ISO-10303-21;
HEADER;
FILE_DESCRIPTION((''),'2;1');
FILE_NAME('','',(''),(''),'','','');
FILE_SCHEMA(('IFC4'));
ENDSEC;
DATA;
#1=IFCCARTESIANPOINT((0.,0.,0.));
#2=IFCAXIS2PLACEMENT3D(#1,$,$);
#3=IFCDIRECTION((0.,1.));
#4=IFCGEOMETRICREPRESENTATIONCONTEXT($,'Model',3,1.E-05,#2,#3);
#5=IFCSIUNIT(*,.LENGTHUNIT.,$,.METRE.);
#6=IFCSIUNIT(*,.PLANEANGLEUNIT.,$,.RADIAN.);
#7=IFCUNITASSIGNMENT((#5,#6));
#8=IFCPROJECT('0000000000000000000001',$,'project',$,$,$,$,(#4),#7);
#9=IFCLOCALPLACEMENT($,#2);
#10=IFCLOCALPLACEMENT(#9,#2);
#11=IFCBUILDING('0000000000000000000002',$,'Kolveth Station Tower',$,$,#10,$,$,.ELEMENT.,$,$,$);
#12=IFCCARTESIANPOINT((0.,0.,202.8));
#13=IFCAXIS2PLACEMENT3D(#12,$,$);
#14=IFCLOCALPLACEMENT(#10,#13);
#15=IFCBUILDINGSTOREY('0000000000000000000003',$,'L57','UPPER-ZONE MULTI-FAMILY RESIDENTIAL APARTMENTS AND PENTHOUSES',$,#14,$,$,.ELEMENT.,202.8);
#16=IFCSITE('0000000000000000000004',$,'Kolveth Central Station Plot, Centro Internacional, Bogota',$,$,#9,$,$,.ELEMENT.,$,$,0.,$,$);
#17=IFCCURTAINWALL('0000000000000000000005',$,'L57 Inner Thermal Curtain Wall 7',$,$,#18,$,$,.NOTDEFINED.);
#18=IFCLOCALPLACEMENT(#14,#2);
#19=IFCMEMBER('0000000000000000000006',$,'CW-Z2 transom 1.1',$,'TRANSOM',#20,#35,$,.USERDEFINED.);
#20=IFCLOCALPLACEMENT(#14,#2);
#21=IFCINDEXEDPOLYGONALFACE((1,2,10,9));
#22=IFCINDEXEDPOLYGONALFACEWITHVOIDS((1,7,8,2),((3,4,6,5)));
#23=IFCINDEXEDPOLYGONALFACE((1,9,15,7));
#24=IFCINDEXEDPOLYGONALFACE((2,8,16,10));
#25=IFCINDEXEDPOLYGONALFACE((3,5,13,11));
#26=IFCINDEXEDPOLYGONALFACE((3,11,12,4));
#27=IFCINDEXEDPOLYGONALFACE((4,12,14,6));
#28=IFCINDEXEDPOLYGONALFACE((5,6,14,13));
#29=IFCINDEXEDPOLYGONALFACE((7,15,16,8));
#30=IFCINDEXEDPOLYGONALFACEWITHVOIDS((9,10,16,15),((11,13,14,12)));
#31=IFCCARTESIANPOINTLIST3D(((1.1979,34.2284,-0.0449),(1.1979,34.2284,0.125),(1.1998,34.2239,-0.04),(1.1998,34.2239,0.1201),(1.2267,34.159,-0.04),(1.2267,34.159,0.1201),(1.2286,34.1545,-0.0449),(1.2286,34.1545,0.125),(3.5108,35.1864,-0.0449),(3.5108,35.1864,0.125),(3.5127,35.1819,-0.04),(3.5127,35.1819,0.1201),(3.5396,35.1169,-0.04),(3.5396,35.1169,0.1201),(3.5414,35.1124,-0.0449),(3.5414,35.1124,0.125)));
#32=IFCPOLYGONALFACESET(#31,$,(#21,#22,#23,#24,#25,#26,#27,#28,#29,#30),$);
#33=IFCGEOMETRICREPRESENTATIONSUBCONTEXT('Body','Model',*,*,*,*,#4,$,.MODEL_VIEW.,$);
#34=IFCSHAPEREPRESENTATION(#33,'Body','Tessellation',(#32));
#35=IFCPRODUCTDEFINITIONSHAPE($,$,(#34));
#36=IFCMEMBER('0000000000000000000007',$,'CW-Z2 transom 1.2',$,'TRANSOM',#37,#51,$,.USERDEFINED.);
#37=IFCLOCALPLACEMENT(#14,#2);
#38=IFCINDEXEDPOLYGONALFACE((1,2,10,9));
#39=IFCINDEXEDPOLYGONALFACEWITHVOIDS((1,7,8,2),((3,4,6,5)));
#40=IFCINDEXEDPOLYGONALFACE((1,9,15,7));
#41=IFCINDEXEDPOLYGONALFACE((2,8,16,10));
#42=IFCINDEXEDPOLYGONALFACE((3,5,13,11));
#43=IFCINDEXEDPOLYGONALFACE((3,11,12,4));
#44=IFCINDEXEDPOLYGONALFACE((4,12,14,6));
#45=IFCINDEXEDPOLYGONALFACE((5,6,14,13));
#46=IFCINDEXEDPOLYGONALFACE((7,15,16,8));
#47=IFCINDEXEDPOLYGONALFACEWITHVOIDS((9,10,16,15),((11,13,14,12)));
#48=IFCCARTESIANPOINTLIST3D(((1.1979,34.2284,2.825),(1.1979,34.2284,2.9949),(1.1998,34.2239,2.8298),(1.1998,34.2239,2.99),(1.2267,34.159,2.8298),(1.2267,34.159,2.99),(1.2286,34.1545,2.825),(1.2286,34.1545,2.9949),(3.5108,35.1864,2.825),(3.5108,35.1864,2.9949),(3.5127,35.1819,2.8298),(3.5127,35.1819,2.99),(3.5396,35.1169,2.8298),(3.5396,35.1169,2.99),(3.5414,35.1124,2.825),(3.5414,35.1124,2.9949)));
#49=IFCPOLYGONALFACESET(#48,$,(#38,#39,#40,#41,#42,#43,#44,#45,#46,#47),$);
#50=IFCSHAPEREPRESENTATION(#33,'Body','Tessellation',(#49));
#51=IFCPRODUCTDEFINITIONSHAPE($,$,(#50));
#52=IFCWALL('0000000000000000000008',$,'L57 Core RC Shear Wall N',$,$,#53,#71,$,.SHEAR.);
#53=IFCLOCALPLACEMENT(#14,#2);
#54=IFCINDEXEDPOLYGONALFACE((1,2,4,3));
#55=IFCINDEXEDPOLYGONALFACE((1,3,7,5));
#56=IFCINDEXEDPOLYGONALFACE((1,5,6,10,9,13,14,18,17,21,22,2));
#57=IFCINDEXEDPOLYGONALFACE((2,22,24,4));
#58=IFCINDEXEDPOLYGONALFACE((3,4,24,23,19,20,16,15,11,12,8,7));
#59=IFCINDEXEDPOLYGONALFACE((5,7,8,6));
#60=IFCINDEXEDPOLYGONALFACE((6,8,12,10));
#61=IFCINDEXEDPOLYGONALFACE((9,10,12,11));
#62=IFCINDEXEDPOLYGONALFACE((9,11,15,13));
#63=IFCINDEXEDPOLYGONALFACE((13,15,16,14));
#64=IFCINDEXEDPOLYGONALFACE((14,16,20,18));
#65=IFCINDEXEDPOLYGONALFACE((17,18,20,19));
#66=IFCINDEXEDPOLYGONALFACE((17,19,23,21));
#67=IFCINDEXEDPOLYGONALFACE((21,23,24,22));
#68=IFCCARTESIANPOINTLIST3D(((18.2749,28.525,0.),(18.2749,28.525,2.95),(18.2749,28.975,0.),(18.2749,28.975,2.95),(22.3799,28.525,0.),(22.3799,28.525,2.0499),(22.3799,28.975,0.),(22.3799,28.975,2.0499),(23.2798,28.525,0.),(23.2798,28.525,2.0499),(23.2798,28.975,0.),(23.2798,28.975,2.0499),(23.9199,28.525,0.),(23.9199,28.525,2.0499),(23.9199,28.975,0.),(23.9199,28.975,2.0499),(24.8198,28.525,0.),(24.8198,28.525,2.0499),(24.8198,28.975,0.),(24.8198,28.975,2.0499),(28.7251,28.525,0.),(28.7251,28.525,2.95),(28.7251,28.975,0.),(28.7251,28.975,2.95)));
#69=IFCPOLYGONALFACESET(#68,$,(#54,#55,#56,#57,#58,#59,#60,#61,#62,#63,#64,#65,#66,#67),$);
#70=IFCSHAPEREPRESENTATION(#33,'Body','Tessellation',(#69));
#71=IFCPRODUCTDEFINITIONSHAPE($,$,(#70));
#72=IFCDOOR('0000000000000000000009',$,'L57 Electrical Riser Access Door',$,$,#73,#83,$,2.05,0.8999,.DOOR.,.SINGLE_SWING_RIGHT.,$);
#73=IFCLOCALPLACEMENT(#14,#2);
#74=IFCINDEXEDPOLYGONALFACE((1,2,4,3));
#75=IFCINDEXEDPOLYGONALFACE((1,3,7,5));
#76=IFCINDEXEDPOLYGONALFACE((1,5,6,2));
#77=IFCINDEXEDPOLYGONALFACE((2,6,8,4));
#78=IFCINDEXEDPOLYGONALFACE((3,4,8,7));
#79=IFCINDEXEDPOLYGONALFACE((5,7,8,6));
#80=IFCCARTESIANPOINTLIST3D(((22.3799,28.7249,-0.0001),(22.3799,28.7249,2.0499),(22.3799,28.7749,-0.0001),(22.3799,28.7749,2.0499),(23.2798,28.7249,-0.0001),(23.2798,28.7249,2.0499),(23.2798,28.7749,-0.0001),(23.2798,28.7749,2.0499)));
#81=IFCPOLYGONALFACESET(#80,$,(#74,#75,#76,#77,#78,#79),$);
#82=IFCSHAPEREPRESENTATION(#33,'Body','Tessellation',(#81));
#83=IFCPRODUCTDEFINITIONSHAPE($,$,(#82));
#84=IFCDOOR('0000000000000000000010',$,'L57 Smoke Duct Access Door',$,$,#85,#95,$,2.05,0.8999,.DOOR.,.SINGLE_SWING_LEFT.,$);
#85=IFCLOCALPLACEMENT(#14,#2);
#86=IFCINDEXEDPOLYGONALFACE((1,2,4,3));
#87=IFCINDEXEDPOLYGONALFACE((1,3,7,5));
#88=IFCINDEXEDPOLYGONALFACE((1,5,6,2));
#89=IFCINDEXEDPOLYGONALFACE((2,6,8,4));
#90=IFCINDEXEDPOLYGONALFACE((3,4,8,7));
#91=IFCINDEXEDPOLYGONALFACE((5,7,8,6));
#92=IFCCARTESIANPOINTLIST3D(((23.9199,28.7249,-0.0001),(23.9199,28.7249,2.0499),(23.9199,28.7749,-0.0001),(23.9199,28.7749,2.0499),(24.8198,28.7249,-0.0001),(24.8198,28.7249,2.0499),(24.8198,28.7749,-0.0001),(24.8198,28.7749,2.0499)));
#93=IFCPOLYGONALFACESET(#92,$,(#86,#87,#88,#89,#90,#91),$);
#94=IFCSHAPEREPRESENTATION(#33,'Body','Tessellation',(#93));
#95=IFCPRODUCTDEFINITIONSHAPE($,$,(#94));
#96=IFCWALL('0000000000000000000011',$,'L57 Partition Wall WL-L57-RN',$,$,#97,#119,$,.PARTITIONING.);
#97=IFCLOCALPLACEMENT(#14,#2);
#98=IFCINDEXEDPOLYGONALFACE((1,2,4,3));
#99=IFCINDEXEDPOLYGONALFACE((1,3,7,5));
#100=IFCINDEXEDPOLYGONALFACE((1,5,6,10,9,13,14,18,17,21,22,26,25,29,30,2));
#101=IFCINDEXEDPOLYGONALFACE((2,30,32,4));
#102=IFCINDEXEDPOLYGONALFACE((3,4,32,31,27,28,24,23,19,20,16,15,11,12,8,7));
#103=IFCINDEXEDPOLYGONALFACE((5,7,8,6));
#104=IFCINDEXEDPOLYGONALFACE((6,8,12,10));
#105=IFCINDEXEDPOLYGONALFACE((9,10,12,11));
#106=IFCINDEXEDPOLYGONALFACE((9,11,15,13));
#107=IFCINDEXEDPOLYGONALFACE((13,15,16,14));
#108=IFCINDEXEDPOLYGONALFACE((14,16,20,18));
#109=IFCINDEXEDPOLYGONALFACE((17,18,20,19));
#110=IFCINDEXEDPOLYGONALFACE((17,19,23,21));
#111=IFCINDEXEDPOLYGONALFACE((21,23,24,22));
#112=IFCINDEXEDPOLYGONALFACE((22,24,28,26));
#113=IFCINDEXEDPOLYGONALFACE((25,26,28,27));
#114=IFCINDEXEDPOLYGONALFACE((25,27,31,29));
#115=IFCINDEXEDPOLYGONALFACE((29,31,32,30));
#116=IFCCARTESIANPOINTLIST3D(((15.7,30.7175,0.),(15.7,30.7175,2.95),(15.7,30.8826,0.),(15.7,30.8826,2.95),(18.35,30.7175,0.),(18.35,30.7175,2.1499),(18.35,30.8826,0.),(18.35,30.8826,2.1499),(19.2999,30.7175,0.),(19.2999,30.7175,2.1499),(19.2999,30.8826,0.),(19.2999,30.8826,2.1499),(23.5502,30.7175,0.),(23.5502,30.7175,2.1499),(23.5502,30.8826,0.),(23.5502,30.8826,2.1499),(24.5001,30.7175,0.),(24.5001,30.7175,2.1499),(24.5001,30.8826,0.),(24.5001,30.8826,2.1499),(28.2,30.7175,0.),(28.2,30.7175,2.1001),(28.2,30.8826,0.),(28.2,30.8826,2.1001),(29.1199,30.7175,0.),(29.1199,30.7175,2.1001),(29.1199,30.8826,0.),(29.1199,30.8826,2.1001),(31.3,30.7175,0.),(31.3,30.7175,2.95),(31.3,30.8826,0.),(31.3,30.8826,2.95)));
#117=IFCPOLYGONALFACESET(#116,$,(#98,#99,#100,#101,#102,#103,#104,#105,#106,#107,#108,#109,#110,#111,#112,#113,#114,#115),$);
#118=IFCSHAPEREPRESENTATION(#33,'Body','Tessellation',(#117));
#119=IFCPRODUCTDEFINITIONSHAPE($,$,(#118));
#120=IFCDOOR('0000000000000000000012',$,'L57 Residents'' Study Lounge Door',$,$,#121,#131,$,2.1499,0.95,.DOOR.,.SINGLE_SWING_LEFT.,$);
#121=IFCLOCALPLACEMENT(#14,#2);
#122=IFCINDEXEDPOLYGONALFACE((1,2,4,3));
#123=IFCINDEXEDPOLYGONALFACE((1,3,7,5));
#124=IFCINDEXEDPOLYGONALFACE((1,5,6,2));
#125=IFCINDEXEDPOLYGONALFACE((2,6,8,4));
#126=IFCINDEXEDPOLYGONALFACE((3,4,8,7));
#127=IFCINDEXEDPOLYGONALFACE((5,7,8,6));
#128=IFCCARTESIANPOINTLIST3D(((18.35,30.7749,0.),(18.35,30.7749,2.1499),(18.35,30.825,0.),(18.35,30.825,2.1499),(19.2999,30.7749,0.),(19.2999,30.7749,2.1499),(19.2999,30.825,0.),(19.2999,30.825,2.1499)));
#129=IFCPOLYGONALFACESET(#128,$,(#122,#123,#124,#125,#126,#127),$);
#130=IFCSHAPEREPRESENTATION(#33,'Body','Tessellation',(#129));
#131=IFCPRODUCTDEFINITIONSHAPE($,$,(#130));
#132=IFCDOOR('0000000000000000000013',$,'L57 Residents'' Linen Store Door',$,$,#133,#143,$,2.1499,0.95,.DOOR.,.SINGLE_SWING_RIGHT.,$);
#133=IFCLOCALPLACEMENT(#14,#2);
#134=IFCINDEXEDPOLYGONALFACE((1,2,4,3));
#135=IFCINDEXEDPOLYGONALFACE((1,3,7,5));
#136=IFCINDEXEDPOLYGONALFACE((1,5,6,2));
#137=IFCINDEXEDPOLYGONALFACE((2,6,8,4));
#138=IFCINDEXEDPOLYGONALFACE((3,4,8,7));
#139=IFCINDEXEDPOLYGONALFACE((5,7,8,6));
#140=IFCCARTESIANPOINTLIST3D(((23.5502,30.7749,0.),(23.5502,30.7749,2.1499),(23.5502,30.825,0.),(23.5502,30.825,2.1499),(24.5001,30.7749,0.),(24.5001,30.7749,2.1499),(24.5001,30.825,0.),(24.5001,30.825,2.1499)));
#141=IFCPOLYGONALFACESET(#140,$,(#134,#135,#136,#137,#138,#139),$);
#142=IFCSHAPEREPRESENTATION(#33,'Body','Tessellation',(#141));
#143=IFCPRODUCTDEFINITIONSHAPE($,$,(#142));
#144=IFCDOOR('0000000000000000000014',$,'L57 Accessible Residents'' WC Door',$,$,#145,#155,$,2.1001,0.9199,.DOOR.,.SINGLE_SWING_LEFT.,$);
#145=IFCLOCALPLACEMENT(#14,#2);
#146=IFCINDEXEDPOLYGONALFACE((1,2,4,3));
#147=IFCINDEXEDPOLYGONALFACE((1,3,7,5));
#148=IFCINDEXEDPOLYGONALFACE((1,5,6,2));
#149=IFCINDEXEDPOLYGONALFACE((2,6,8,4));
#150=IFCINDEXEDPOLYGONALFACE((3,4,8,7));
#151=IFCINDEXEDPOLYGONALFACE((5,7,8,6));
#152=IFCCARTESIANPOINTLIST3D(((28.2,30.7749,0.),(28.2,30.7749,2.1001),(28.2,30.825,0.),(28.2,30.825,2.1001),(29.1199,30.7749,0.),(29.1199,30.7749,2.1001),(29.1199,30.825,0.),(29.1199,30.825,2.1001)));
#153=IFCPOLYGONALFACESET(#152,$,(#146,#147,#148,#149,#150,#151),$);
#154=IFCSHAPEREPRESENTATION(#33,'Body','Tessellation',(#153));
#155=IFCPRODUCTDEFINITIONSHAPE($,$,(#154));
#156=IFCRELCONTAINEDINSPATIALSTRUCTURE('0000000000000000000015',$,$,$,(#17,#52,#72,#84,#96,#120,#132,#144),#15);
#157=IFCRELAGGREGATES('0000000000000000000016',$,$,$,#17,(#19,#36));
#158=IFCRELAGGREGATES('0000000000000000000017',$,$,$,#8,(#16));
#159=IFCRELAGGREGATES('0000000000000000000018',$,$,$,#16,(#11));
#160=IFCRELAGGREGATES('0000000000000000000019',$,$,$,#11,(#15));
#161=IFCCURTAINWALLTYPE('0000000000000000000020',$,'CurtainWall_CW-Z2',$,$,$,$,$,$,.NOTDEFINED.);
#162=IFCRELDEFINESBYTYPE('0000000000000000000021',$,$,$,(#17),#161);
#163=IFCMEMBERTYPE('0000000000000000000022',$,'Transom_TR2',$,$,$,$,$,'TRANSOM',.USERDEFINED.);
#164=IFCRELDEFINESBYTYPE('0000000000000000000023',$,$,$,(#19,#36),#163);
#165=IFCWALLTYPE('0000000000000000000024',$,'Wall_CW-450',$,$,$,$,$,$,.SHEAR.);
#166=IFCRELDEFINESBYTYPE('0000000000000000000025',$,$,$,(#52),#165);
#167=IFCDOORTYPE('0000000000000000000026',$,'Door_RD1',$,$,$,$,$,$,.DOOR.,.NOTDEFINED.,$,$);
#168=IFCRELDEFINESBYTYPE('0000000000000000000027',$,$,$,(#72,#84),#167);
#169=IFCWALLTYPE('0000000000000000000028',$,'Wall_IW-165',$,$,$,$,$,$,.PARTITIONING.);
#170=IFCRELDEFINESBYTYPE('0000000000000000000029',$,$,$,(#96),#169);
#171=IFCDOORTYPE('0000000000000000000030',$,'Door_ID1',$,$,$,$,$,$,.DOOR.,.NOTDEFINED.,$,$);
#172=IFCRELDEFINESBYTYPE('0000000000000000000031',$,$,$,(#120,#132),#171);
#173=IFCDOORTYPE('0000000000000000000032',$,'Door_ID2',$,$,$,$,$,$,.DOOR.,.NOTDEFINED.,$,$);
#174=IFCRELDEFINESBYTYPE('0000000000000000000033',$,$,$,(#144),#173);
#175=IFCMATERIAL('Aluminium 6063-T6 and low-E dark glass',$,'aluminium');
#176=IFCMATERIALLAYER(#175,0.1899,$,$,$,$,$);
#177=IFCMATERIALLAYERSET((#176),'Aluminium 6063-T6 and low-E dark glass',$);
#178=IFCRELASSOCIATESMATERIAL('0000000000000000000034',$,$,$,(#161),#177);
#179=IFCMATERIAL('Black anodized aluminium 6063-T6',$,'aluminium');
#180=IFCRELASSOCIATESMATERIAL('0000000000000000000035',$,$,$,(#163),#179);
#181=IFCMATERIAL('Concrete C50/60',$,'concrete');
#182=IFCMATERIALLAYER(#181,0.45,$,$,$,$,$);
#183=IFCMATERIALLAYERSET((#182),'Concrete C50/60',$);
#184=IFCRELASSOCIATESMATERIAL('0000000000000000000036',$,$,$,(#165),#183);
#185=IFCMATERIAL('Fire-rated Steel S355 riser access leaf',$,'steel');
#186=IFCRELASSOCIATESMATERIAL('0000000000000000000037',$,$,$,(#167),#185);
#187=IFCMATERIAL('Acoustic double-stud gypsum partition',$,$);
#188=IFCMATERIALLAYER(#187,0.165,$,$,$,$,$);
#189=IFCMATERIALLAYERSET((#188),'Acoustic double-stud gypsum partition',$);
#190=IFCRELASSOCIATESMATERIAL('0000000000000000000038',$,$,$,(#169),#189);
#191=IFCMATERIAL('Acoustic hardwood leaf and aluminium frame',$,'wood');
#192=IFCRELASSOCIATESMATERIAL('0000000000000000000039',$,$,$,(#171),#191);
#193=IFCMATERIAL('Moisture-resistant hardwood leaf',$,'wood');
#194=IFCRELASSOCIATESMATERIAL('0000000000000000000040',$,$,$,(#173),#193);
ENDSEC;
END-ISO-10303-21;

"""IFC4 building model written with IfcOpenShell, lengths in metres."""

from ifc_helpers import new_model, si_unit, direction, frame, frame_2d, origin, origin_2d, place, context, subcontext, project, spatial, rectangle, hollow_rectangle, extrude, source, transform, mapped, material, layer, layer_set, material_profile, profile_set, type_object, element, fill, aggregate, save


model = new_model("IFC4")

# Units and contexts
model_context = context("Model", 3, precision=1e-05, world=origin(), true_north=direction((0.0, 1.0)))
body_context = subcontext(model_context, "Body", "Model", "MODEL_VIEW")
ifc_project = project(units=[si_unit("LENGTHUNIT", "METRE"), si_unit("PLANEANGLEUNIT", "RADIAN")], contexts=[model_context])

# Site, building, storey
site_placement = place(None, origin())
site = spatial("IfcSite", under=ifc_project, at=site_placement, Name="Kolveth Central Station Plot, Centro Internacional, Bogota", CompositionType="ELEMENT", RefElevation=0.0)
building_placement = place(site_placement, origin())
building = spatial("IfcBuilding", under=site, at=building_placement, Name="Kolveth Station Tower", CompositionType="ELEMENT")
storey_placement = place(building_placement, frame((0.0, 0.0, 202.8)))
storey = spatial("IfcBuildingStorey", under=building, at=storey_placement, Name="L57", Description="UPPER-ZONE MULTI-FAMILY RESIDENTIAL APARTMENTS AND PENTHOUSES", CompositionType="ELEMENT", Elevation=202.8)

# Shared definitions
ifc_material_1 = material(Name="Aluminium 6063-T6 and low-E dark glass", Category="aluminium")
ifc_layer_1 = layer(ifc_material_1, 0.1899)
ifc_layer_set_1 = layer_set([ifc_layer_1], Name="Aluminium 6063-T6 and low-E dark glass")
curtain_wall_type = type_object("IfcCurtainWallType", Name="CurtainWall_CW-Z2", PredefinedType="NOTDEFINED", material=ifc_layer_set_1)
ifc_material_2 = material(Name="Black anodized aluminium 6063-T6", Category="aluminium")

# Curtain wall, members
curtain_wall_1_placement = place(storey_placement, origin())
curtain_wall_1 = element("IfcCurtainWall", 1, at=curtain_wall_1_placement, inside=storey, type_object=curtain_wall_type, Name="L57 Inner Thermal Curtain Wall 7", PredefinedType="NOTDEFINED")
ifc_material_profile_1 = material_profile(ifc_material_2, hollow_rectangle(XDim=0.0801, YDim=0.1699, WallThickness=0.0049, at=origin_2d()), Name="ALU-80x170x5")
ifc_profile_set_1 = profile_set([ifc_material_profile_1], Name="Black anodized aluminium 6063-T6")
member_type_1 = type_object("IfcMemberType", Name="Transom_TR2", ElementType="TRANSOM", PredefinedType="USERDEFINED", material=ifc_profile_set_1)
shared_shape_1 = source(origin(), body_context, "Body", "SweptSolid", [
    extrude(hollow_rectangle(XDim=0.0801, YDim=0.1699, WallThickness=0.0049, at=origin_2d()), origin(), (0.0, 0.0, 1.0), 2.5034),
])
member_1_placement = place(storey_placement, frame((3.5261, 35.1494, 0.04), z_axis=(-0.923888, -0.382662, 0.0), x_axis=(0.382662, -0.923888, 0.0)))
member_1 = element("IfcMember", 2, at=member_1_placement, type_object=member_type_1, Name="CW-Z2 transom 1.1", ObjectType="TRANSOM", PredefinedType="USERDEFINED", context=body_context, shape_type="MappedRepresentation", body=[
    mapped(shared_shape_1, transform((0.0, 0.0, 0.0), x_axis=(1.0, 0.0, 0.0), y_axis=(0.0, 1.0, 0.0), z_axis=(0.0, 0.0, 1.0), scale=1.0)),
])
member_2_placement = place(storey_placement, frame((3.5261, 35.1494, 2.9099), z_axis=(-0.923888, -0.382662, 0.0), x_axis=(0.382662, -0.923888, 0.0)))
member_2 = element("IfcMember", 3, at=member_2_placement, type_object=member_type_1, Name="CW-Z2 transom 1.2", ObjectType="TRANSOM", PredefinedType="USERDEFINED", context=body_context, shape_type="MappedRepresentation", body=[
    mapped(shared_shape_1, transform((0.0, 0.0, 0.0), x_axis=(1.0, 0.0, 0.0), y_axis=(0.0, 1.0, 0.0), z_axis=(0.0, 0.0, 1.0), scale=1.0)),
])
aggregate(curtain_wall_1, [member_1, member_2])

# Walls, openings, doors
ifc_material_3 = material(Name="Concrete C50/60", Category="concrete")
ifc_layer_2 = layer(ifc_material_3, 0.45)
ifc_layer_set_2 = layer_set([ifc_layer_2], Name="Concrete C50/60")
wall_type_1 = type_object("IfcWallType", Name="Wall_CW-450", PredefinedType="SHEAR", material=ifc_layer_set_2)
wall_1_placement = place(storey_placement, frame((18.2749, 28.75, 0.0), z_axis=(0.0, 0.0, 1.0), x_axis=(1.0, 0.0, 0.0)))
wall_1 = element("IfcWall", 4, at=wall_1_placement, inside=storey, type_object=wall_type_1, Name="L57 Core RC Shear Wall N", PredefinedType="SHEAR", context=body_context, shape_type="SweptSolid", body=[
    extrude(rectangle(XDim=10.4502, YDim=0.45, at=frame_2d((5.2251, 0.0))), origin(), (0.0, 0.0, 1.0), 2.95),
])
opening_1_placement = place(wall_1_placement, frame((4.105, 0.0, 0.0)))
opening_1 = element("IfcOpeningElement", 5, at=opening_1_placement, cuts=wall_1, PredefinedType="OPENING", context=body_context, shape_type="SweptSolid", body=[
    extrude(rectangle(XDim=0.8999, YDim=2.05, at=frame_2d((0.45, 1.0249))), frame((0.0, 0.2349, 0.0), z_axis=(0.0, -1.0, 0.0), x_axis=(1.0, 0.0, 0.0)), (0.0, 0.0, 1.0), 0.47),
])
opening_2_placement = place(wall_1_placement, frame((5.645, 0.0, 0.0)))
opening_2 = element("IfcOpeningElement", 6, at=opening_2_placement, cuts=wall_1, PredefinedType="OPENING", context=body_context, shape_type="SweptSolid", body=[
    extrude(rectangle(XDim=0.8999, YDim=2.05, at=frame_2d((0.45, 1.0249))), frame((0.0, 0.2349, 0.0), z_axis=(0.0, -1.0, 0.0), x_axis=(1.0, 0.0, 0.0)), (0.0, 0.0, 1.0), 0.47),
])
ifc_material_4 = material(Name="Fire-rated Steel S355 riser access leaf", Category="steel")
door_type_1 = type_object("IfcDoorType", Name="Door_RD1", OperationType="NOTDEFINED", PredefinedType="DOOR", material=ifc_material_4)
door_1_placement = place(opening_1_placement, origin())
door_1 = element("IfcDoor", 7, at=door_1_placement, inside=storey, type_object=door_type_1, Name="L57 Electrical Riser Access Door", OperationType="SINGLE_SWING_RIGHT", OverallHeight=2.05, OverallWidth=0.8999, PredefinedType="DOOR", context=body_context, shape_type="SweptSolid", body=[
    extrude(rectangle(XDim=0.8999, YDim=2.05, at=frame_2d((0.45, 1.0249))), frame((0.0, 0.0249, 0.0), z_axis=(0.0, -1.0, 0.0), x_axis=(1.0, 0.0, 0.0)), (0.0, 0.0, 1.0), 0.05),
])
fill(opening_1, door_1)
door_2_placement = place(opening_2_placement, origin())
door_2 = element("IfcDoor", 8, at=door_2_placement, inside=storey, type_object=door_type_1, Name="L57 Smoke Duct Access Door", OperationType="SINGLE_SWING_LEFT", OverallHeight=2.05, OverallWidth=0.8999, PredefinedType="DOOR", context=body_context, shape_type="SweptSolid", body=[
    extrude(rectangle(XDim=0.8999, YDim=2.05, at=frame_2d((0.45, 1.0249))), frame((0.0, 0.0249, 0.0), z_axis=(0.0, -1.0, 0.0), x_axis=(1.0, 0.0, 0.0)), (0.0, 0.0, 1.0), 0.05),
])
fill(opening_2, door_2)
ifc_material_5 = material(Name="Acoustic double-stud gypsum partition")
ifc_layer_3 = layer(ifc_material_5, 0.165)
ifc_layer_set_3 = layer_set([ifc_layer_3], Name="Acoustic double-stud gypsum partition")
wall_type_2 = type_object("IfcWallType", Name="Wall_IW-165", PredefinedType="PARTITIONING", material=ifc_layer_set_3)
wall_2_placement = place(storey_placement, frame((15.7, 30.8, 0.0), z_axis=(0.0, 0.0, 1.0), x_axis=(1.0, 0.0, 0.0)))
wall_2 = element("IfcWall", 9, at=wall_2_placement, inside=storey, type_object=wall_type_2, Name="L57 Partition Wall WL-L57-RN", PredefinedType="PARTITIONING", context=body_context, shape_type="SweptSolid", body=[
    extrude(rectangle(XDim=15.6001, YDim=0.165, at=frame_2d((7.8, 0.0))), origin(), (0.0, 0.0, 1.0), 2.95),
])
opening_3_placement = place(wall_2_placement, frame((2.6499, 0.0, 0.0)))
opening_3 = element("IfcOpeningElement", 10, at=opening_3_placement, cuts=wall_2, PredefinedType="OPENING", context=body_context, shape_type="SweptSolid", body=[
    extrude(rectangle(XDim=0.95, YDim=2.1499, at=frame_2d((0.4751, 1.075))), frame((0.0, 0.0925, 0.0), z_axis=(0.0, -1.0, 0.0), x_axis=(1.0, 0.0, 0.0)), (0.0, 0.0, 1.0), 0.1851),
])
opening_4_placement = place(wall_2_placement, frame((7.8501, 0.0, 0.0)))
opening_4 = element("IfcOpeningElement", 11, at=opening_4_placement, cuts=wall_2, PredefinedType="OPENING", context=body_context, shape_type="SweptSolid", body=[
    extrude(rectangle(XDim=0.95, YDim=2.1499, at=frame_2d((0.4751, 1.075))), frame((0.0, 0.0925, 0.0), z_axis=(0.0, -1.0, 0.0), x_axis=(1.0, 0.0, 0.0)), (0.0, 0.0, 1.0), 0.1851),
])
opening_5_placement = place(wall_2_placement, frame((12.5, 0.0, 0.0)))
opening_5 = element("IfcOpeningElement", 12, at=opening_5_placement, cuts=wall_2, PredefinedType="OPENING", context=body_context, shape_type="SweptSolid", body=[
    extrude(rectangle(XDim=0.9199, YDim=2.1001, at=frame_2d((0.46, 1.05))), frame((0.0, 0.0925, 0.0), z_axis=(0.0, -1.0, 0.0), x_axis=(1.0, 0.0, 0.0)), (0.0, 0.0, 1.0), 0.1851),
])
ifc_material_6 = material(Name="Acoustic hardwood leaf and aluminium frame", Category="wood")
door_type_2 = type_object("IfcDoorType", Name="Door_ID1", OperationType="NOTDEFINED", PredefinedType="DOOR", material=ifc_material_6)
door_3_placement = place(opening_3_placement, origin())
door_3 = element("IfcDoor", 13, at=door_3_placement, inside=storey, type_object=door_type_2, Name="L57 Residents' Study Lounge Door", OperationType="SINGLE_SWING_LEFT", OverallHeight=2.1499, OverallWidth=0.95, PredefinedType="DOOR", context=body_context, shape_type="SweptSolid", body=[
    extrude(rectangle(XDim=0.95, YDim=2.1499, at=frame_2d((0.4751, 1.075))), frame((0.0, 0.0249, 0.0), z_axis=(0.0, -1.0, 0.0), x_axis=(1.0, 0.0, 0.0)), (0.0, 0.0, 1.0), 0.05),
])
fill(opening_3, door_3)
door_4_placement = place(opening_4_placement, origin())
door_4 = element("IfcDoor", 14, at=door_4_placement, inside=storey, type_object=door_type_2, Name="L57 Residents' Linen Store Door", OperationType="SINGLE_SWING_RIGHT", OverallHeight=2.1499, OverallWidth=0.95, PredefinedType="DOOR", context=body_context, shape_type="SweptSolid", body=[
    extrude(rectangle(XDim=0.95, YDim=2.1499, at=frame_2d((0.4751, 1.075))), frame((0.0, 0.0249, 0.0), z_axis=(0.0, -1.0, 0.0), x_axis=(1.0, 0.0, 0.0)), (0.0, 0.0, 1.0), 0.05),
])
fill(opening_4, door_4)
ifc_material_7 = material(Name="Moisture-resistant hardwood leaf", Category="wood")
door_type_3 = type_object("IfcDoorType", Name="Door_ID2", OperationType="NOTDEFINED", PredefinedType="DOOR", material=ifc_material_7)
door_5_placement = place(opening_5_placement, origin())
door_5 = element("IfcDoor", 15, at=door_5_placement, inside=storey, type_object=door_type_3, Name="L57 Accessible Residents' WC Door", OperationType="SINGLE_SWING_LEFT", OverallHeight=2.1001, OverallWidth=0.9199, PredefinedType="DOOR", context=body_context, shape_type="SweptSolid", body=[
    extrude(rectangle(XDim=0.9199, YDim=2.1001, at=frame_2d((0.46, 1.05))), frame((0.0, 0.0249, 0.0), z_axis=(0.0, -1.0, 0.0), x_axis=(1.0, 0.0, 0.0)), (0.0, 0.0, 1.0), 0.05),
])
fill(opening_5, door_5)

save(model, "model.ifc")
